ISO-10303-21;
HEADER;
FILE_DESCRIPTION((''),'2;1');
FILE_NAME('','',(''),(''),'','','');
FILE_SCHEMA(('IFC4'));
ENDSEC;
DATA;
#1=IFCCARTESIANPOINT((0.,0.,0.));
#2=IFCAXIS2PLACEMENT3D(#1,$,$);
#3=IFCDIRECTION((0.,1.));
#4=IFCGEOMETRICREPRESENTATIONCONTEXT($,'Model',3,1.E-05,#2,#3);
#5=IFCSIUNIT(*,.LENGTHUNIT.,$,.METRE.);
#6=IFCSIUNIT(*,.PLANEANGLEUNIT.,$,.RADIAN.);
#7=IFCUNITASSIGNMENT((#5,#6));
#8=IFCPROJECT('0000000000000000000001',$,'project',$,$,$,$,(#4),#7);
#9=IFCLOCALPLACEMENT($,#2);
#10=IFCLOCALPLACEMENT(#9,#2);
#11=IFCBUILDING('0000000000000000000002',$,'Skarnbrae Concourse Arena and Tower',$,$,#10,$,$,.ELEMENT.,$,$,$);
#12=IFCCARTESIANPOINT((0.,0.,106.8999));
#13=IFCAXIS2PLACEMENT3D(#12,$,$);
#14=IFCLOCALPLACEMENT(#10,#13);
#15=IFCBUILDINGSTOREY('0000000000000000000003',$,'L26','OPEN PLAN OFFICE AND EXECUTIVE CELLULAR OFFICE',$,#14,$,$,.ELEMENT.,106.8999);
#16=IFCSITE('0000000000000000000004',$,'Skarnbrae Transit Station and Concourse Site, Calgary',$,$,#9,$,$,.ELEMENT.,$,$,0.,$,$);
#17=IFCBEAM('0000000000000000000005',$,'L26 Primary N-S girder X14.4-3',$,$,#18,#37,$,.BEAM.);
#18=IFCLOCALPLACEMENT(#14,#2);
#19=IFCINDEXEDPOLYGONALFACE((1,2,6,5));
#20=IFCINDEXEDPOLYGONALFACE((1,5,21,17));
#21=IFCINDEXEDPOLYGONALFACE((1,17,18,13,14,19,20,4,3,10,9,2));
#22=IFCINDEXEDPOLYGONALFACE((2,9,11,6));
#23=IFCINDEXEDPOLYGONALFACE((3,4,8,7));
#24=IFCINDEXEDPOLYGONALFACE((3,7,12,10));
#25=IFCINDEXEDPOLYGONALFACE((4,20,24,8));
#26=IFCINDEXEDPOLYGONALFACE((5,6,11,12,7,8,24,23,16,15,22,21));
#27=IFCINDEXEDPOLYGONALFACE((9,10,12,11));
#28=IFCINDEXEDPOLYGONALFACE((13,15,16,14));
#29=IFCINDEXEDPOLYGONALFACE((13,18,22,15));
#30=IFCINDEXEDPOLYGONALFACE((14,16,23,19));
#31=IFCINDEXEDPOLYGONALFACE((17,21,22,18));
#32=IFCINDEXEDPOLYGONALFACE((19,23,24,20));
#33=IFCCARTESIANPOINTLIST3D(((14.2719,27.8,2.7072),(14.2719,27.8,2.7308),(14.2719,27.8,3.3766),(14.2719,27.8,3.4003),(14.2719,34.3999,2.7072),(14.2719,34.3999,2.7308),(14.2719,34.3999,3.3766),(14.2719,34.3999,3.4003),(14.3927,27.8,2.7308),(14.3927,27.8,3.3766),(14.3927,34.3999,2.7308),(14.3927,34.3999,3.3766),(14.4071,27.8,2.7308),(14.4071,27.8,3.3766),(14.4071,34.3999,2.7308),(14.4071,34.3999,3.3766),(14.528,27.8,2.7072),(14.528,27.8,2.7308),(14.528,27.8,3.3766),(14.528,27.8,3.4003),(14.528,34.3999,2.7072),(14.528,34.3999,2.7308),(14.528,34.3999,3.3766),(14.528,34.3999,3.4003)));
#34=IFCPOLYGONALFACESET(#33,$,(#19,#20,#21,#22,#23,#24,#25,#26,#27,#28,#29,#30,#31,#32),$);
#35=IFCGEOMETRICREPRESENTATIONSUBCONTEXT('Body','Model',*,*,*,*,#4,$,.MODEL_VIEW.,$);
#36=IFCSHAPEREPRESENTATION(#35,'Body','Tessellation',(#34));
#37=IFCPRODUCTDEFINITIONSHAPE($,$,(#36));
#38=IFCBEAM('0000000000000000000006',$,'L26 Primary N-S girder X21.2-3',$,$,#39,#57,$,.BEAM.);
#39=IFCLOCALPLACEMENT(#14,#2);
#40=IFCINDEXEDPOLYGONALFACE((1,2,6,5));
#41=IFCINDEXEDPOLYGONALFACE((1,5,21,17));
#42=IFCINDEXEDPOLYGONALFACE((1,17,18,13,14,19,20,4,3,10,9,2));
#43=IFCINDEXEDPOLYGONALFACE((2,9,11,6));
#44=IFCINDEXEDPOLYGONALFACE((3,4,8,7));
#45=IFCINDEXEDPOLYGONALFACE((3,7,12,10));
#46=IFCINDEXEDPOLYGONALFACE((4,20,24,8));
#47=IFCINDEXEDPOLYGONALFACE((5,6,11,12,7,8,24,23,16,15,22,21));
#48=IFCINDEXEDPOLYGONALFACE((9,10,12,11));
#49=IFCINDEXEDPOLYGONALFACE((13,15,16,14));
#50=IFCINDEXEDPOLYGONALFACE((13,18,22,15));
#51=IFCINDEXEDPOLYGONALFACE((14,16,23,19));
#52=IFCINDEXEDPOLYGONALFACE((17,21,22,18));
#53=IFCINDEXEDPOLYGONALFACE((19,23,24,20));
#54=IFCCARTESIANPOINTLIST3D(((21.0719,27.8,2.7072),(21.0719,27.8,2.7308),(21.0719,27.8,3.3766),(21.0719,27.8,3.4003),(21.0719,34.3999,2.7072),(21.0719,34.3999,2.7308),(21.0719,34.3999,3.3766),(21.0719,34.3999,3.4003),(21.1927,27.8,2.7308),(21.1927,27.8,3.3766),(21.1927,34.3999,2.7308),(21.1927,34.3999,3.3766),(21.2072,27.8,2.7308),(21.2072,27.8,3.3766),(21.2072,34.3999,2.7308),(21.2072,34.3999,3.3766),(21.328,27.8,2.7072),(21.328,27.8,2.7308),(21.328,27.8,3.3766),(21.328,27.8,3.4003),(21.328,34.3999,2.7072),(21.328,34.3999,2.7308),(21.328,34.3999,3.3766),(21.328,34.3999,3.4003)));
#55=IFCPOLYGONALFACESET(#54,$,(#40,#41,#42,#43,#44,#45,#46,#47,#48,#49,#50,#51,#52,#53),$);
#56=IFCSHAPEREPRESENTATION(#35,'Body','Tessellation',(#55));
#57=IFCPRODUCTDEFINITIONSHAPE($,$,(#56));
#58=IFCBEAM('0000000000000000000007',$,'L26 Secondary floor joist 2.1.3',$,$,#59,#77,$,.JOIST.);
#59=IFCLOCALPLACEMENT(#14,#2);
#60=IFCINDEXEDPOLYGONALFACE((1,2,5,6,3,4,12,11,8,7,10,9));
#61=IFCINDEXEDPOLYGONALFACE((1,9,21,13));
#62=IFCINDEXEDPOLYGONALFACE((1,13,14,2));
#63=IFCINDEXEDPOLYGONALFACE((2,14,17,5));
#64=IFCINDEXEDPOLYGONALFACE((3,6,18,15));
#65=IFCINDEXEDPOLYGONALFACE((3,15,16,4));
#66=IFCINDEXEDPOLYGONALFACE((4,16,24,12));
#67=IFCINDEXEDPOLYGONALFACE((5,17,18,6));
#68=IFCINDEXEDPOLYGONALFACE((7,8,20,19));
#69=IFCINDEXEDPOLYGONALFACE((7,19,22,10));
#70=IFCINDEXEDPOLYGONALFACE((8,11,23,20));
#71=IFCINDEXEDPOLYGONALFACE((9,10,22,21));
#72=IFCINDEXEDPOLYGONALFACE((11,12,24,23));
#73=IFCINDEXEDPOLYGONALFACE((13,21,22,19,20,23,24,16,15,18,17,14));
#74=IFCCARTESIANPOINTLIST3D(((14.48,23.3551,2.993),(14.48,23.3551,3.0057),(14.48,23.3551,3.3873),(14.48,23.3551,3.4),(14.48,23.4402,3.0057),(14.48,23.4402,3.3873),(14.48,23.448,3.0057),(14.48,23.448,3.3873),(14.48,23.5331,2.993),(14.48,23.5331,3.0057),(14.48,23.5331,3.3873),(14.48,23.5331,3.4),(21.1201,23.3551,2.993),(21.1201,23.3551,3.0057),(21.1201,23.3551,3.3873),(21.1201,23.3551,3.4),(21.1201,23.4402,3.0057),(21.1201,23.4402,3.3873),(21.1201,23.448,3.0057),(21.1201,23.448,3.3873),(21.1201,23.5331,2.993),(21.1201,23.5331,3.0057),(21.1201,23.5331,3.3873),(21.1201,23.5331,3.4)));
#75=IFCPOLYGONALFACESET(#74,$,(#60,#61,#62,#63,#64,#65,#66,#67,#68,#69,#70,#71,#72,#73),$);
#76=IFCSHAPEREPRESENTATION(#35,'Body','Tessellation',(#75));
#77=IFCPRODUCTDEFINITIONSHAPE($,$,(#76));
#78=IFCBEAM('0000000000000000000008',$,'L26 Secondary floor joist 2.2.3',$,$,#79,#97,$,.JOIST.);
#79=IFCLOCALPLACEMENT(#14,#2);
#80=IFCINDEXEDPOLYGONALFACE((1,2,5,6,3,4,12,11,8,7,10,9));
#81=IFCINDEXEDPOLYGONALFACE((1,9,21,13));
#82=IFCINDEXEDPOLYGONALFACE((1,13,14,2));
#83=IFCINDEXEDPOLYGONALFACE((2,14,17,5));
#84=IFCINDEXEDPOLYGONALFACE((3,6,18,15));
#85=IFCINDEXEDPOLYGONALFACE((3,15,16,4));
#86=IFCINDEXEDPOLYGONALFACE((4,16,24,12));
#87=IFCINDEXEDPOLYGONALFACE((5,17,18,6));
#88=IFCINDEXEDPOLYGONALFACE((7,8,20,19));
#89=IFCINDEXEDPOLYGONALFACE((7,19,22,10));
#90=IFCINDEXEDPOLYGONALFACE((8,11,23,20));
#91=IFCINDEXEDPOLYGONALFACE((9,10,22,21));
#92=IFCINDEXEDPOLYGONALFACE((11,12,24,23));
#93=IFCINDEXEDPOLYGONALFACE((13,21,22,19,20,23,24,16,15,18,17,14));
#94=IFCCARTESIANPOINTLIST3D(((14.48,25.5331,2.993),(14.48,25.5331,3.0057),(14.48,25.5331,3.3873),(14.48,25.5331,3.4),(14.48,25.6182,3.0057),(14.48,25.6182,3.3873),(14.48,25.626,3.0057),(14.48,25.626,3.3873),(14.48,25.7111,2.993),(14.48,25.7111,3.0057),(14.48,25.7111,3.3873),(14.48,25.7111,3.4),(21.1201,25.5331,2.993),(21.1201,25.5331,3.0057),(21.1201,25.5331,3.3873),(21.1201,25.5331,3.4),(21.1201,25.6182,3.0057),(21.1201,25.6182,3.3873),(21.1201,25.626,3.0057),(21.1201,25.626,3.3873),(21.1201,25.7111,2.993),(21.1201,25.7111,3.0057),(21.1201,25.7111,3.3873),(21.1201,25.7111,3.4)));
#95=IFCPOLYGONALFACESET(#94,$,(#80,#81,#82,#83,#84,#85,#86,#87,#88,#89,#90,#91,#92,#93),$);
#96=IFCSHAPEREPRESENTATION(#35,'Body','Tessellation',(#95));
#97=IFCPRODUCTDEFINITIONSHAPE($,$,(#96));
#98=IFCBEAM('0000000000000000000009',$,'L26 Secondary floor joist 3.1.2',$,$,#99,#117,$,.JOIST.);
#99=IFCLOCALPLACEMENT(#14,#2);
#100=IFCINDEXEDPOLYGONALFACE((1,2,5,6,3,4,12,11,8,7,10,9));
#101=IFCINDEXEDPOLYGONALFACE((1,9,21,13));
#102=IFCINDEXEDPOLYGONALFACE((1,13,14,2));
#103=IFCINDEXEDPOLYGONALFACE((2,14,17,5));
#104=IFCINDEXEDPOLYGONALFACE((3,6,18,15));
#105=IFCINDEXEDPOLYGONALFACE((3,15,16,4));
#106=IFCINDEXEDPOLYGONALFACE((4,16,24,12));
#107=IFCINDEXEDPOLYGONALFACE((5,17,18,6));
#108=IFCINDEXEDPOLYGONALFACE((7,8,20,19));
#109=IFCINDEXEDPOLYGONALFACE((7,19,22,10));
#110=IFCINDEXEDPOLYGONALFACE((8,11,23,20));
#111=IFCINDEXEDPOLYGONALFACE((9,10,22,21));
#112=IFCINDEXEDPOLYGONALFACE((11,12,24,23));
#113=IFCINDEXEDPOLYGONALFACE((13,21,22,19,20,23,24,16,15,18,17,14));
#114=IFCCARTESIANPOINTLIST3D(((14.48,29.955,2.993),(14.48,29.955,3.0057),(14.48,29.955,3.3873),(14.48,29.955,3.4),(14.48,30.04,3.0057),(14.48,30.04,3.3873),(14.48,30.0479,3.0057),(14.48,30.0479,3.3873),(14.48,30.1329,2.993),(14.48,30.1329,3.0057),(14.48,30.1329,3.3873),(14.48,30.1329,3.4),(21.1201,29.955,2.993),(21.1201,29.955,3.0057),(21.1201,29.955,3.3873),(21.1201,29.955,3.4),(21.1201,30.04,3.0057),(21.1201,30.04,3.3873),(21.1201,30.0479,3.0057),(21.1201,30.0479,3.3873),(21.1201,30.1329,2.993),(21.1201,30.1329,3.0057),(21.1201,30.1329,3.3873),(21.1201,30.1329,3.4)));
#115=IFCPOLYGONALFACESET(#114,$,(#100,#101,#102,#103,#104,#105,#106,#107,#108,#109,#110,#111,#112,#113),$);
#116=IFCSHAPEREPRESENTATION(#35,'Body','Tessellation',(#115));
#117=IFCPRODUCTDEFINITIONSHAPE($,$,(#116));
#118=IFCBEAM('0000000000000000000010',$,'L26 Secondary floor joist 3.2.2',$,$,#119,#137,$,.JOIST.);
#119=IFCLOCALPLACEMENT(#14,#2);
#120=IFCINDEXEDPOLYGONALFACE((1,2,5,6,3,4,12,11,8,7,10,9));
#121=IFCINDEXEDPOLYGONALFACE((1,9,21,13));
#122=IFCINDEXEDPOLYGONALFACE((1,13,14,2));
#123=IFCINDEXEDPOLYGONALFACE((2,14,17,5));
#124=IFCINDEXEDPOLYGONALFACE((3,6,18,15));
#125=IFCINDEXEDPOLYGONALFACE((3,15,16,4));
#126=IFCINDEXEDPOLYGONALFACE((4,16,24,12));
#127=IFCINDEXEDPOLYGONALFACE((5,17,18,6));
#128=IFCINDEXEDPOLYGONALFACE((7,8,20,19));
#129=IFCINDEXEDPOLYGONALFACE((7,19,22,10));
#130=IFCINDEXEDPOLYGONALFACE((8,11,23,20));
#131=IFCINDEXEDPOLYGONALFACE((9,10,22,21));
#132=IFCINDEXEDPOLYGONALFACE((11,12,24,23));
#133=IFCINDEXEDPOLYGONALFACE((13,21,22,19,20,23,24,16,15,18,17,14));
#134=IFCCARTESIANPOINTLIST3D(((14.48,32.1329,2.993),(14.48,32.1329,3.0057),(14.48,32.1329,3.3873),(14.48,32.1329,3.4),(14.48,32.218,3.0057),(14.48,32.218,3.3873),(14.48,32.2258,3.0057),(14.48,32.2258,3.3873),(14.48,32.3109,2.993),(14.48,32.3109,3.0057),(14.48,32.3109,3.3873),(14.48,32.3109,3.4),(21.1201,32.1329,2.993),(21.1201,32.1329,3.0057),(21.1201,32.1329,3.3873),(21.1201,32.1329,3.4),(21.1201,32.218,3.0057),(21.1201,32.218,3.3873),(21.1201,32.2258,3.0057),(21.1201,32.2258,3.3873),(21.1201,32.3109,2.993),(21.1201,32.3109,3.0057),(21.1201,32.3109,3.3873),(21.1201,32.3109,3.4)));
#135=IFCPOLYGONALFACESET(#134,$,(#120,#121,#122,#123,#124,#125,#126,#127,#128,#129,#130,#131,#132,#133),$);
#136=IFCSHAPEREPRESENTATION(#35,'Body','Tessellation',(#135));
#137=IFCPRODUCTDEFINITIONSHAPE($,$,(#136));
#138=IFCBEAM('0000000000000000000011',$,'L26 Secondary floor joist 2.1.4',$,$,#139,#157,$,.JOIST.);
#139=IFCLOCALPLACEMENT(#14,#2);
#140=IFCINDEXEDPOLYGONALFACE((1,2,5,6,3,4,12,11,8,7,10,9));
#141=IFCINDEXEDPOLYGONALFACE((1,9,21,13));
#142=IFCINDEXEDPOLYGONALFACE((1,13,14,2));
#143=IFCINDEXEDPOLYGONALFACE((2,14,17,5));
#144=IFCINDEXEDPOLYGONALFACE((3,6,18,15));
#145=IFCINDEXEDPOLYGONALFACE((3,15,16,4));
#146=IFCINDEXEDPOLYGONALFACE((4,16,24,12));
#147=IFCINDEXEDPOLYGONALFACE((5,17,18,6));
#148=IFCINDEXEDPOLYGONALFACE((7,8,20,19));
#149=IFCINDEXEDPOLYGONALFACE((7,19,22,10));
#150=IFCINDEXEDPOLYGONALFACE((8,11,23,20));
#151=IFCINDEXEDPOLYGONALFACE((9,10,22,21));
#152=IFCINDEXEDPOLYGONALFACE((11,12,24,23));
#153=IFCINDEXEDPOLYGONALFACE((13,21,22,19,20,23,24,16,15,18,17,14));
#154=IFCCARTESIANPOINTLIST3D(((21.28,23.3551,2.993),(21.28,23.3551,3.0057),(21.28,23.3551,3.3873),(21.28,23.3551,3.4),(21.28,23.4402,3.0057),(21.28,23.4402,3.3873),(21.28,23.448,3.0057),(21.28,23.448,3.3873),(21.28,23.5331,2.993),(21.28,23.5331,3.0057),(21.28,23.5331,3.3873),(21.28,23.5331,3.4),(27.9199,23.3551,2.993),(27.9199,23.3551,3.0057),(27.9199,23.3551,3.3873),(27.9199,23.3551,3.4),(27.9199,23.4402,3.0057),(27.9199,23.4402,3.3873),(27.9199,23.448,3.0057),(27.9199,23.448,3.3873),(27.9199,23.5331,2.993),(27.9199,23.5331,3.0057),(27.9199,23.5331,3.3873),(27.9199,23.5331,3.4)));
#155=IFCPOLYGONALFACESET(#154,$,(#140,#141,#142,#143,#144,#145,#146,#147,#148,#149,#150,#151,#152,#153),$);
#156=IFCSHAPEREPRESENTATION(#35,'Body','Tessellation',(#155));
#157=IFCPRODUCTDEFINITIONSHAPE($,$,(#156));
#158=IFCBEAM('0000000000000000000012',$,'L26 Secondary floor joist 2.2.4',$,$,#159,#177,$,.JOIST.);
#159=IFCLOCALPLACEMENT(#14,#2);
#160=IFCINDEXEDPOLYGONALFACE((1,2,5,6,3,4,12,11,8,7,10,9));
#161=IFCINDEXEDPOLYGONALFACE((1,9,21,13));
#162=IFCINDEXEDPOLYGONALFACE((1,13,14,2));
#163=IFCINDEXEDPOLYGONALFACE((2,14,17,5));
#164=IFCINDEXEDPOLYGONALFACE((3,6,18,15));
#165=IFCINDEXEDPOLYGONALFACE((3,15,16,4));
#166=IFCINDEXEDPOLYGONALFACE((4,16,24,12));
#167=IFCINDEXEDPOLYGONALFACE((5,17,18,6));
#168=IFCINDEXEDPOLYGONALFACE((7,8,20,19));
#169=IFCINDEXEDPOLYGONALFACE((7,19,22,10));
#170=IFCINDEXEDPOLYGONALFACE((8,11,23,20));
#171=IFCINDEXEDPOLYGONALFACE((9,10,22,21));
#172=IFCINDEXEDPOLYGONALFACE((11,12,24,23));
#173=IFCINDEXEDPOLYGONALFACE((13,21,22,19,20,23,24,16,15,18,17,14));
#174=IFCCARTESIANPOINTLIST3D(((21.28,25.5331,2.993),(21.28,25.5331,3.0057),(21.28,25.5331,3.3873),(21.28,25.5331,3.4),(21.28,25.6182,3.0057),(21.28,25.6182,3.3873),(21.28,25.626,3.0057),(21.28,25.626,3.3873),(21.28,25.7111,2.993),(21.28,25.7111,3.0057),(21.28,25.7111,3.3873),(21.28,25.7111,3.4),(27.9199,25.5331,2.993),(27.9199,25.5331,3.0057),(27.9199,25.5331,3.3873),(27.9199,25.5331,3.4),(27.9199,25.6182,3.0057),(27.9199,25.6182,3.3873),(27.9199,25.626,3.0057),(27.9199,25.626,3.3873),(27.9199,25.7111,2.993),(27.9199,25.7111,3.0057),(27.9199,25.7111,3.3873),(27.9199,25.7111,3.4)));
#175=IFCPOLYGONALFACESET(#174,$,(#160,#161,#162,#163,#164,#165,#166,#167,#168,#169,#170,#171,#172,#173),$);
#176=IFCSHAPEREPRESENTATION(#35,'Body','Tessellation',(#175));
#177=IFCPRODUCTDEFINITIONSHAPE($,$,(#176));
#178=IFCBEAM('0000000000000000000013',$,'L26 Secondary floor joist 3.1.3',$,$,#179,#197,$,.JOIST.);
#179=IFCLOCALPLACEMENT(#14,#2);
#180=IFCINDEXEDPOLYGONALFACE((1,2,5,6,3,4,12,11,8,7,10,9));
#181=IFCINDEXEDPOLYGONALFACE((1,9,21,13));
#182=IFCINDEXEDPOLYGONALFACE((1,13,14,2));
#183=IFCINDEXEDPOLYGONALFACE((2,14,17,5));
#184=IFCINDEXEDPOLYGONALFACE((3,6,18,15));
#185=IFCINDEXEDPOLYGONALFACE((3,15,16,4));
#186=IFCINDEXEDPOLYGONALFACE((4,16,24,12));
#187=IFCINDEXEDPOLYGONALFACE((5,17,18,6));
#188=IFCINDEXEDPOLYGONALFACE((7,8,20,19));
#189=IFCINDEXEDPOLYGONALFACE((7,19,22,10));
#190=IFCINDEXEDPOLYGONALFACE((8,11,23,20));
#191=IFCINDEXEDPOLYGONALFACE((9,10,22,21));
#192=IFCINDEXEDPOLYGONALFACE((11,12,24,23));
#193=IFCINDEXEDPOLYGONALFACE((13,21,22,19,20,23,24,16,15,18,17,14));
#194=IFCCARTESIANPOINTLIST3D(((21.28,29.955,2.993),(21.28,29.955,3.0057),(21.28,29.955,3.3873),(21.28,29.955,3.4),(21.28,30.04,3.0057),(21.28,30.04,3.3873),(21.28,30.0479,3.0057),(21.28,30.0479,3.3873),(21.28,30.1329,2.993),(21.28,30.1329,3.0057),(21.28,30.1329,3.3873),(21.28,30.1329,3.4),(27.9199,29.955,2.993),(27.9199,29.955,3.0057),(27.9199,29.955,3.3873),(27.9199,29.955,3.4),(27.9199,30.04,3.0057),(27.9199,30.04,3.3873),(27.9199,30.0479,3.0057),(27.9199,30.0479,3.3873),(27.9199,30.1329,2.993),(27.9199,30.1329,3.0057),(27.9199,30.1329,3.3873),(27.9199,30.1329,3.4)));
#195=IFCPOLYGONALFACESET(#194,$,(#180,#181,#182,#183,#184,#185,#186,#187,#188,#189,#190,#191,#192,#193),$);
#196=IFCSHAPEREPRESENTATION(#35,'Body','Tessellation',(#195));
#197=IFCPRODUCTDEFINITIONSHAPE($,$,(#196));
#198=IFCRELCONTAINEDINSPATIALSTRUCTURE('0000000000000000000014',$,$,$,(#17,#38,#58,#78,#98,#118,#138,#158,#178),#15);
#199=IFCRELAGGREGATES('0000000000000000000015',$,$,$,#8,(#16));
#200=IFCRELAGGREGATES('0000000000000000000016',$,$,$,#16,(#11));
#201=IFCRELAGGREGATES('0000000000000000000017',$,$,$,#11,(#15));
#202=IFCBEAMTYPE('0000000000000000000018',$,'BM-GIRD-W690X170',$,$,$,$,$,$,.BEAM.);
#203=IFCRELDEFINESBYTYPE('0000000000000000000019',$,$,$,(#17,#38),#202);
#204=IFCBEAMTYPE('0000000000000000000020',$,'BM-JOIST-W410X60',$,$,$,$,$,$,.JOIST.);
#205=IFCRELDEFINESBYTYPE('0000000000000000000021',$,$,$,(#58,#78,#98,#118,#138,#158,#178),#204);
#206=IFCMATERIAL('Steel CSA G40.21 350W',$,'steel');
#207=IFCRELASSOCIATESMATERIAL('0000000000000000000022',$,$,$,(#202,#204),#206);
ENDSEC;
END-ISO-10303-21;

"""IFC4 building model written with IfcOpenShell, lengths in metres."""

from ifc_helpers import new_model, si_unit, direction, frame, origin, origin_2d, place, context, subcontext, project, spatial, i_section, extrude, source, transform, mapped, material, material_profile, profile_set, type_object, element, save


model = new_model("IFC4")

# Units and contexts
model_context = context("Model", 3, precision=1e-05, world=origin(), true_north=direction((0.0, 1.0)))
body_context = subcontext(model_context, "Body", "Model", "MODEL_VIEW")
ifc_project = project(units=[si_unit("LENGTHUNIT", "METRE"), si_unit("PLANEANGLEUNIT", "RADIAN")], contexts=[model_context])

# Site, building, storey
site_placement = place(None, origin())
site = spatial("IfcSite", under=ifc_project, at=site_placement, Name="Skarnbrae Transit Station and Concourse Site, Calgary", CompositionType="ELEMENT", RefElevation=0.0)
building_placement = place(site_placement, origin())
building = spatial("IfcBuilding", under=site, at=building_placement, Name="Skarnbrae Concourse Arena and Tower", CompositionType="ELEMENT")
storey_placement = place(building_placement, frame((0.0, 0.0, 106.8999)))
storey = spatial("IfcBuildingStorey", under=building, at=storey_placement, Name="L26", Description="OPEN PLAN OFFICE AND EXECUTIVE CELLULAR OFFICE", CompositionType="ELEMENT", Elevation=106.8999)

# Shared definitions
ifc_material_1 = material(Name="Steel CSA G40.21 350W", Category="steel")

# Beams
ifc_material_profile_1 = material_profile(ifc_material_1, i_section(OverallWidth=0.2561, OverallDepth=0.6931, WebThickness=0.0144, FlangeThickness=0.0237, at=origin_2d()), Name="W690X170")
ifc_profile_set_1 = profile_set([ifc_material_profile_1], Name="Steel CSA G40.21 350W")
beam_type_1 = type_object("IfcBeamType", Name="BM-GIRD-W690X170", PredefinedType="BEAM", material=ifc_profile_set_1)
shared_shape_1 = source(origin(), body_context, "Body", "SweptSolid", [
    extrude(i_section(OverallWidth=0.2561, OverallDepth=0.6931, WebThickness=0.0144, FlangeThickness=0.0237, at=origin_2d()), origin(), (0.0, 0.0, 1.0), 6.5999),
])
for number, where, z_axis, x_axis, name in (
    (1, (14.3999, 27.8, 3.0537), (0.0, 1.0, 0.0), (-1.0, 0.0, 0.0), "L26 Primary N-S girder X14.4-3"),
    (2, (21.2, 27.8, 3.0537), (0.0, 1.0, 0.0), (-1.0, 0.0, 0.0), "L26 Primary N-S girder X21.2-3"),
):
    element("IfcBeam", number, at=place(storey_placement, frame(where, z_axis=z_axis, x_axis=x_axis)), inside=storey, type_object=beam_type_1, Name=name, PredefinedType="BEAM", context=body_context, shape_type="MappedRepresentation", body=[
        mapped(shared_shape_1, transform((0.0, 0.0, 0.0))),
    ])
ifc_material_profile_2 = material_profile(ifc_material_1, i_section(OverallWidth=0.178, OverallDepth=0.407, WebThickness=0.0078, FlangeThickness=0.0127, at=origin_2d()), Name="W410X60")
ifc_profile_set_2 = profile_set([ifc_material_profile_2], Name="Steel CSA G40.21 350W")
beam_type_2 = type_object("IfcBeamType", Name="BM-JOIST-W410X60", PredefinedType="JOIST", material=ifc_profile_set_2)
shared_shape_2 = source(origin(), body_context, "Body", "SweptSolid", [
    extrude(i_section(OverallWidth=0.178, OverallDepth=0.407, WebThickness=0.0078, FlangeThickness=0.0127, at=origin_2d()), origin(), (0.0, 0.0, 1.0), 6.6401),
])
for number, where, z_axis, x_axis, name in (
    (3, (14.48, 23.4441, 3.1965), (1.0, 0.0, 0.0), (0.0, 1.0, 0.0), "L26 Secondary floor joist 2.1.3"),
    (4, (14.48, 25.6221, 3.1965), (1.0, 0.0, 0.0), (0.0, 1.0, 0.0), "L26 Secondary floor joist 2.2.3"),
    (5, (14.48, 30.0439, 3.1965), (1.0, 0.0, 0.0), (0.0, 1.0, 0.0), "L26 Secondary floor joist 3.1.2"),
    (6, (14.48, 32.2219, 3.1965), (1.0, 0.0, 0.0), (0.0, 1.0, 0.0), "L26 Secondary floor joist 3.2.2"),
):
    element("IfcBeam", number, at=place(storey_placement, frame(where, z_axis=z_axis, x_axis=x_axis)), inside=storey, type_object=beam_type_2, Name=name, PredefinedType="JOIST", context=body_context, shape_type="MappedRepresentation", body=[
        mapped(shared_shape_2, transform((0.0, 0.0, 0.0))),
    ])
shared_shape_3 = source(origin(), body_context, "Body", "SweptSolid", [
    extrude(i_section(OverallWidth=0.178, OverallDepth=0.407, WebThickness=0.0078, FlangeThickness=0.0127, at=origin_2d()), origin(), (0.0, 0.0, 1.0), 6.6399),
])
for number, where, z_axis, x_axis, name in (
    (7, (21.28, 23.4441, 3.1965), (1.0, 0.0, 0.0), (0.0, 1.0, 0.0), "L26 Secondary floor joist 2.1.4"),
    (8, (21.28, 25.6221, 3.1965), (1.0, 0.0, 0.0), (0.0, 1.0, 0.0), "L26 Secondary floor joist 2.2.4"),
    (9, (21.28, 30.0439, 3.1965), (1.0, 0.0, 0.0), (0.0, 1.0, 0.0), "L26 Secondary floor joist 3.1.3"),
):
    element("IfcBeam", number, at=place(storey_placement, frame(where, z_axis=z_axis, x_axis=x_axis)), inside=storey, type_object=beam_type_2, Name=name, PredefinedType="JOIST", context=body_context, shape_type="MappedRepresentation", body=[
        mapped(shared_shape_3, transform((0.0, 0.0, 0.0))),
    ])

save(model, "model.ifc")
